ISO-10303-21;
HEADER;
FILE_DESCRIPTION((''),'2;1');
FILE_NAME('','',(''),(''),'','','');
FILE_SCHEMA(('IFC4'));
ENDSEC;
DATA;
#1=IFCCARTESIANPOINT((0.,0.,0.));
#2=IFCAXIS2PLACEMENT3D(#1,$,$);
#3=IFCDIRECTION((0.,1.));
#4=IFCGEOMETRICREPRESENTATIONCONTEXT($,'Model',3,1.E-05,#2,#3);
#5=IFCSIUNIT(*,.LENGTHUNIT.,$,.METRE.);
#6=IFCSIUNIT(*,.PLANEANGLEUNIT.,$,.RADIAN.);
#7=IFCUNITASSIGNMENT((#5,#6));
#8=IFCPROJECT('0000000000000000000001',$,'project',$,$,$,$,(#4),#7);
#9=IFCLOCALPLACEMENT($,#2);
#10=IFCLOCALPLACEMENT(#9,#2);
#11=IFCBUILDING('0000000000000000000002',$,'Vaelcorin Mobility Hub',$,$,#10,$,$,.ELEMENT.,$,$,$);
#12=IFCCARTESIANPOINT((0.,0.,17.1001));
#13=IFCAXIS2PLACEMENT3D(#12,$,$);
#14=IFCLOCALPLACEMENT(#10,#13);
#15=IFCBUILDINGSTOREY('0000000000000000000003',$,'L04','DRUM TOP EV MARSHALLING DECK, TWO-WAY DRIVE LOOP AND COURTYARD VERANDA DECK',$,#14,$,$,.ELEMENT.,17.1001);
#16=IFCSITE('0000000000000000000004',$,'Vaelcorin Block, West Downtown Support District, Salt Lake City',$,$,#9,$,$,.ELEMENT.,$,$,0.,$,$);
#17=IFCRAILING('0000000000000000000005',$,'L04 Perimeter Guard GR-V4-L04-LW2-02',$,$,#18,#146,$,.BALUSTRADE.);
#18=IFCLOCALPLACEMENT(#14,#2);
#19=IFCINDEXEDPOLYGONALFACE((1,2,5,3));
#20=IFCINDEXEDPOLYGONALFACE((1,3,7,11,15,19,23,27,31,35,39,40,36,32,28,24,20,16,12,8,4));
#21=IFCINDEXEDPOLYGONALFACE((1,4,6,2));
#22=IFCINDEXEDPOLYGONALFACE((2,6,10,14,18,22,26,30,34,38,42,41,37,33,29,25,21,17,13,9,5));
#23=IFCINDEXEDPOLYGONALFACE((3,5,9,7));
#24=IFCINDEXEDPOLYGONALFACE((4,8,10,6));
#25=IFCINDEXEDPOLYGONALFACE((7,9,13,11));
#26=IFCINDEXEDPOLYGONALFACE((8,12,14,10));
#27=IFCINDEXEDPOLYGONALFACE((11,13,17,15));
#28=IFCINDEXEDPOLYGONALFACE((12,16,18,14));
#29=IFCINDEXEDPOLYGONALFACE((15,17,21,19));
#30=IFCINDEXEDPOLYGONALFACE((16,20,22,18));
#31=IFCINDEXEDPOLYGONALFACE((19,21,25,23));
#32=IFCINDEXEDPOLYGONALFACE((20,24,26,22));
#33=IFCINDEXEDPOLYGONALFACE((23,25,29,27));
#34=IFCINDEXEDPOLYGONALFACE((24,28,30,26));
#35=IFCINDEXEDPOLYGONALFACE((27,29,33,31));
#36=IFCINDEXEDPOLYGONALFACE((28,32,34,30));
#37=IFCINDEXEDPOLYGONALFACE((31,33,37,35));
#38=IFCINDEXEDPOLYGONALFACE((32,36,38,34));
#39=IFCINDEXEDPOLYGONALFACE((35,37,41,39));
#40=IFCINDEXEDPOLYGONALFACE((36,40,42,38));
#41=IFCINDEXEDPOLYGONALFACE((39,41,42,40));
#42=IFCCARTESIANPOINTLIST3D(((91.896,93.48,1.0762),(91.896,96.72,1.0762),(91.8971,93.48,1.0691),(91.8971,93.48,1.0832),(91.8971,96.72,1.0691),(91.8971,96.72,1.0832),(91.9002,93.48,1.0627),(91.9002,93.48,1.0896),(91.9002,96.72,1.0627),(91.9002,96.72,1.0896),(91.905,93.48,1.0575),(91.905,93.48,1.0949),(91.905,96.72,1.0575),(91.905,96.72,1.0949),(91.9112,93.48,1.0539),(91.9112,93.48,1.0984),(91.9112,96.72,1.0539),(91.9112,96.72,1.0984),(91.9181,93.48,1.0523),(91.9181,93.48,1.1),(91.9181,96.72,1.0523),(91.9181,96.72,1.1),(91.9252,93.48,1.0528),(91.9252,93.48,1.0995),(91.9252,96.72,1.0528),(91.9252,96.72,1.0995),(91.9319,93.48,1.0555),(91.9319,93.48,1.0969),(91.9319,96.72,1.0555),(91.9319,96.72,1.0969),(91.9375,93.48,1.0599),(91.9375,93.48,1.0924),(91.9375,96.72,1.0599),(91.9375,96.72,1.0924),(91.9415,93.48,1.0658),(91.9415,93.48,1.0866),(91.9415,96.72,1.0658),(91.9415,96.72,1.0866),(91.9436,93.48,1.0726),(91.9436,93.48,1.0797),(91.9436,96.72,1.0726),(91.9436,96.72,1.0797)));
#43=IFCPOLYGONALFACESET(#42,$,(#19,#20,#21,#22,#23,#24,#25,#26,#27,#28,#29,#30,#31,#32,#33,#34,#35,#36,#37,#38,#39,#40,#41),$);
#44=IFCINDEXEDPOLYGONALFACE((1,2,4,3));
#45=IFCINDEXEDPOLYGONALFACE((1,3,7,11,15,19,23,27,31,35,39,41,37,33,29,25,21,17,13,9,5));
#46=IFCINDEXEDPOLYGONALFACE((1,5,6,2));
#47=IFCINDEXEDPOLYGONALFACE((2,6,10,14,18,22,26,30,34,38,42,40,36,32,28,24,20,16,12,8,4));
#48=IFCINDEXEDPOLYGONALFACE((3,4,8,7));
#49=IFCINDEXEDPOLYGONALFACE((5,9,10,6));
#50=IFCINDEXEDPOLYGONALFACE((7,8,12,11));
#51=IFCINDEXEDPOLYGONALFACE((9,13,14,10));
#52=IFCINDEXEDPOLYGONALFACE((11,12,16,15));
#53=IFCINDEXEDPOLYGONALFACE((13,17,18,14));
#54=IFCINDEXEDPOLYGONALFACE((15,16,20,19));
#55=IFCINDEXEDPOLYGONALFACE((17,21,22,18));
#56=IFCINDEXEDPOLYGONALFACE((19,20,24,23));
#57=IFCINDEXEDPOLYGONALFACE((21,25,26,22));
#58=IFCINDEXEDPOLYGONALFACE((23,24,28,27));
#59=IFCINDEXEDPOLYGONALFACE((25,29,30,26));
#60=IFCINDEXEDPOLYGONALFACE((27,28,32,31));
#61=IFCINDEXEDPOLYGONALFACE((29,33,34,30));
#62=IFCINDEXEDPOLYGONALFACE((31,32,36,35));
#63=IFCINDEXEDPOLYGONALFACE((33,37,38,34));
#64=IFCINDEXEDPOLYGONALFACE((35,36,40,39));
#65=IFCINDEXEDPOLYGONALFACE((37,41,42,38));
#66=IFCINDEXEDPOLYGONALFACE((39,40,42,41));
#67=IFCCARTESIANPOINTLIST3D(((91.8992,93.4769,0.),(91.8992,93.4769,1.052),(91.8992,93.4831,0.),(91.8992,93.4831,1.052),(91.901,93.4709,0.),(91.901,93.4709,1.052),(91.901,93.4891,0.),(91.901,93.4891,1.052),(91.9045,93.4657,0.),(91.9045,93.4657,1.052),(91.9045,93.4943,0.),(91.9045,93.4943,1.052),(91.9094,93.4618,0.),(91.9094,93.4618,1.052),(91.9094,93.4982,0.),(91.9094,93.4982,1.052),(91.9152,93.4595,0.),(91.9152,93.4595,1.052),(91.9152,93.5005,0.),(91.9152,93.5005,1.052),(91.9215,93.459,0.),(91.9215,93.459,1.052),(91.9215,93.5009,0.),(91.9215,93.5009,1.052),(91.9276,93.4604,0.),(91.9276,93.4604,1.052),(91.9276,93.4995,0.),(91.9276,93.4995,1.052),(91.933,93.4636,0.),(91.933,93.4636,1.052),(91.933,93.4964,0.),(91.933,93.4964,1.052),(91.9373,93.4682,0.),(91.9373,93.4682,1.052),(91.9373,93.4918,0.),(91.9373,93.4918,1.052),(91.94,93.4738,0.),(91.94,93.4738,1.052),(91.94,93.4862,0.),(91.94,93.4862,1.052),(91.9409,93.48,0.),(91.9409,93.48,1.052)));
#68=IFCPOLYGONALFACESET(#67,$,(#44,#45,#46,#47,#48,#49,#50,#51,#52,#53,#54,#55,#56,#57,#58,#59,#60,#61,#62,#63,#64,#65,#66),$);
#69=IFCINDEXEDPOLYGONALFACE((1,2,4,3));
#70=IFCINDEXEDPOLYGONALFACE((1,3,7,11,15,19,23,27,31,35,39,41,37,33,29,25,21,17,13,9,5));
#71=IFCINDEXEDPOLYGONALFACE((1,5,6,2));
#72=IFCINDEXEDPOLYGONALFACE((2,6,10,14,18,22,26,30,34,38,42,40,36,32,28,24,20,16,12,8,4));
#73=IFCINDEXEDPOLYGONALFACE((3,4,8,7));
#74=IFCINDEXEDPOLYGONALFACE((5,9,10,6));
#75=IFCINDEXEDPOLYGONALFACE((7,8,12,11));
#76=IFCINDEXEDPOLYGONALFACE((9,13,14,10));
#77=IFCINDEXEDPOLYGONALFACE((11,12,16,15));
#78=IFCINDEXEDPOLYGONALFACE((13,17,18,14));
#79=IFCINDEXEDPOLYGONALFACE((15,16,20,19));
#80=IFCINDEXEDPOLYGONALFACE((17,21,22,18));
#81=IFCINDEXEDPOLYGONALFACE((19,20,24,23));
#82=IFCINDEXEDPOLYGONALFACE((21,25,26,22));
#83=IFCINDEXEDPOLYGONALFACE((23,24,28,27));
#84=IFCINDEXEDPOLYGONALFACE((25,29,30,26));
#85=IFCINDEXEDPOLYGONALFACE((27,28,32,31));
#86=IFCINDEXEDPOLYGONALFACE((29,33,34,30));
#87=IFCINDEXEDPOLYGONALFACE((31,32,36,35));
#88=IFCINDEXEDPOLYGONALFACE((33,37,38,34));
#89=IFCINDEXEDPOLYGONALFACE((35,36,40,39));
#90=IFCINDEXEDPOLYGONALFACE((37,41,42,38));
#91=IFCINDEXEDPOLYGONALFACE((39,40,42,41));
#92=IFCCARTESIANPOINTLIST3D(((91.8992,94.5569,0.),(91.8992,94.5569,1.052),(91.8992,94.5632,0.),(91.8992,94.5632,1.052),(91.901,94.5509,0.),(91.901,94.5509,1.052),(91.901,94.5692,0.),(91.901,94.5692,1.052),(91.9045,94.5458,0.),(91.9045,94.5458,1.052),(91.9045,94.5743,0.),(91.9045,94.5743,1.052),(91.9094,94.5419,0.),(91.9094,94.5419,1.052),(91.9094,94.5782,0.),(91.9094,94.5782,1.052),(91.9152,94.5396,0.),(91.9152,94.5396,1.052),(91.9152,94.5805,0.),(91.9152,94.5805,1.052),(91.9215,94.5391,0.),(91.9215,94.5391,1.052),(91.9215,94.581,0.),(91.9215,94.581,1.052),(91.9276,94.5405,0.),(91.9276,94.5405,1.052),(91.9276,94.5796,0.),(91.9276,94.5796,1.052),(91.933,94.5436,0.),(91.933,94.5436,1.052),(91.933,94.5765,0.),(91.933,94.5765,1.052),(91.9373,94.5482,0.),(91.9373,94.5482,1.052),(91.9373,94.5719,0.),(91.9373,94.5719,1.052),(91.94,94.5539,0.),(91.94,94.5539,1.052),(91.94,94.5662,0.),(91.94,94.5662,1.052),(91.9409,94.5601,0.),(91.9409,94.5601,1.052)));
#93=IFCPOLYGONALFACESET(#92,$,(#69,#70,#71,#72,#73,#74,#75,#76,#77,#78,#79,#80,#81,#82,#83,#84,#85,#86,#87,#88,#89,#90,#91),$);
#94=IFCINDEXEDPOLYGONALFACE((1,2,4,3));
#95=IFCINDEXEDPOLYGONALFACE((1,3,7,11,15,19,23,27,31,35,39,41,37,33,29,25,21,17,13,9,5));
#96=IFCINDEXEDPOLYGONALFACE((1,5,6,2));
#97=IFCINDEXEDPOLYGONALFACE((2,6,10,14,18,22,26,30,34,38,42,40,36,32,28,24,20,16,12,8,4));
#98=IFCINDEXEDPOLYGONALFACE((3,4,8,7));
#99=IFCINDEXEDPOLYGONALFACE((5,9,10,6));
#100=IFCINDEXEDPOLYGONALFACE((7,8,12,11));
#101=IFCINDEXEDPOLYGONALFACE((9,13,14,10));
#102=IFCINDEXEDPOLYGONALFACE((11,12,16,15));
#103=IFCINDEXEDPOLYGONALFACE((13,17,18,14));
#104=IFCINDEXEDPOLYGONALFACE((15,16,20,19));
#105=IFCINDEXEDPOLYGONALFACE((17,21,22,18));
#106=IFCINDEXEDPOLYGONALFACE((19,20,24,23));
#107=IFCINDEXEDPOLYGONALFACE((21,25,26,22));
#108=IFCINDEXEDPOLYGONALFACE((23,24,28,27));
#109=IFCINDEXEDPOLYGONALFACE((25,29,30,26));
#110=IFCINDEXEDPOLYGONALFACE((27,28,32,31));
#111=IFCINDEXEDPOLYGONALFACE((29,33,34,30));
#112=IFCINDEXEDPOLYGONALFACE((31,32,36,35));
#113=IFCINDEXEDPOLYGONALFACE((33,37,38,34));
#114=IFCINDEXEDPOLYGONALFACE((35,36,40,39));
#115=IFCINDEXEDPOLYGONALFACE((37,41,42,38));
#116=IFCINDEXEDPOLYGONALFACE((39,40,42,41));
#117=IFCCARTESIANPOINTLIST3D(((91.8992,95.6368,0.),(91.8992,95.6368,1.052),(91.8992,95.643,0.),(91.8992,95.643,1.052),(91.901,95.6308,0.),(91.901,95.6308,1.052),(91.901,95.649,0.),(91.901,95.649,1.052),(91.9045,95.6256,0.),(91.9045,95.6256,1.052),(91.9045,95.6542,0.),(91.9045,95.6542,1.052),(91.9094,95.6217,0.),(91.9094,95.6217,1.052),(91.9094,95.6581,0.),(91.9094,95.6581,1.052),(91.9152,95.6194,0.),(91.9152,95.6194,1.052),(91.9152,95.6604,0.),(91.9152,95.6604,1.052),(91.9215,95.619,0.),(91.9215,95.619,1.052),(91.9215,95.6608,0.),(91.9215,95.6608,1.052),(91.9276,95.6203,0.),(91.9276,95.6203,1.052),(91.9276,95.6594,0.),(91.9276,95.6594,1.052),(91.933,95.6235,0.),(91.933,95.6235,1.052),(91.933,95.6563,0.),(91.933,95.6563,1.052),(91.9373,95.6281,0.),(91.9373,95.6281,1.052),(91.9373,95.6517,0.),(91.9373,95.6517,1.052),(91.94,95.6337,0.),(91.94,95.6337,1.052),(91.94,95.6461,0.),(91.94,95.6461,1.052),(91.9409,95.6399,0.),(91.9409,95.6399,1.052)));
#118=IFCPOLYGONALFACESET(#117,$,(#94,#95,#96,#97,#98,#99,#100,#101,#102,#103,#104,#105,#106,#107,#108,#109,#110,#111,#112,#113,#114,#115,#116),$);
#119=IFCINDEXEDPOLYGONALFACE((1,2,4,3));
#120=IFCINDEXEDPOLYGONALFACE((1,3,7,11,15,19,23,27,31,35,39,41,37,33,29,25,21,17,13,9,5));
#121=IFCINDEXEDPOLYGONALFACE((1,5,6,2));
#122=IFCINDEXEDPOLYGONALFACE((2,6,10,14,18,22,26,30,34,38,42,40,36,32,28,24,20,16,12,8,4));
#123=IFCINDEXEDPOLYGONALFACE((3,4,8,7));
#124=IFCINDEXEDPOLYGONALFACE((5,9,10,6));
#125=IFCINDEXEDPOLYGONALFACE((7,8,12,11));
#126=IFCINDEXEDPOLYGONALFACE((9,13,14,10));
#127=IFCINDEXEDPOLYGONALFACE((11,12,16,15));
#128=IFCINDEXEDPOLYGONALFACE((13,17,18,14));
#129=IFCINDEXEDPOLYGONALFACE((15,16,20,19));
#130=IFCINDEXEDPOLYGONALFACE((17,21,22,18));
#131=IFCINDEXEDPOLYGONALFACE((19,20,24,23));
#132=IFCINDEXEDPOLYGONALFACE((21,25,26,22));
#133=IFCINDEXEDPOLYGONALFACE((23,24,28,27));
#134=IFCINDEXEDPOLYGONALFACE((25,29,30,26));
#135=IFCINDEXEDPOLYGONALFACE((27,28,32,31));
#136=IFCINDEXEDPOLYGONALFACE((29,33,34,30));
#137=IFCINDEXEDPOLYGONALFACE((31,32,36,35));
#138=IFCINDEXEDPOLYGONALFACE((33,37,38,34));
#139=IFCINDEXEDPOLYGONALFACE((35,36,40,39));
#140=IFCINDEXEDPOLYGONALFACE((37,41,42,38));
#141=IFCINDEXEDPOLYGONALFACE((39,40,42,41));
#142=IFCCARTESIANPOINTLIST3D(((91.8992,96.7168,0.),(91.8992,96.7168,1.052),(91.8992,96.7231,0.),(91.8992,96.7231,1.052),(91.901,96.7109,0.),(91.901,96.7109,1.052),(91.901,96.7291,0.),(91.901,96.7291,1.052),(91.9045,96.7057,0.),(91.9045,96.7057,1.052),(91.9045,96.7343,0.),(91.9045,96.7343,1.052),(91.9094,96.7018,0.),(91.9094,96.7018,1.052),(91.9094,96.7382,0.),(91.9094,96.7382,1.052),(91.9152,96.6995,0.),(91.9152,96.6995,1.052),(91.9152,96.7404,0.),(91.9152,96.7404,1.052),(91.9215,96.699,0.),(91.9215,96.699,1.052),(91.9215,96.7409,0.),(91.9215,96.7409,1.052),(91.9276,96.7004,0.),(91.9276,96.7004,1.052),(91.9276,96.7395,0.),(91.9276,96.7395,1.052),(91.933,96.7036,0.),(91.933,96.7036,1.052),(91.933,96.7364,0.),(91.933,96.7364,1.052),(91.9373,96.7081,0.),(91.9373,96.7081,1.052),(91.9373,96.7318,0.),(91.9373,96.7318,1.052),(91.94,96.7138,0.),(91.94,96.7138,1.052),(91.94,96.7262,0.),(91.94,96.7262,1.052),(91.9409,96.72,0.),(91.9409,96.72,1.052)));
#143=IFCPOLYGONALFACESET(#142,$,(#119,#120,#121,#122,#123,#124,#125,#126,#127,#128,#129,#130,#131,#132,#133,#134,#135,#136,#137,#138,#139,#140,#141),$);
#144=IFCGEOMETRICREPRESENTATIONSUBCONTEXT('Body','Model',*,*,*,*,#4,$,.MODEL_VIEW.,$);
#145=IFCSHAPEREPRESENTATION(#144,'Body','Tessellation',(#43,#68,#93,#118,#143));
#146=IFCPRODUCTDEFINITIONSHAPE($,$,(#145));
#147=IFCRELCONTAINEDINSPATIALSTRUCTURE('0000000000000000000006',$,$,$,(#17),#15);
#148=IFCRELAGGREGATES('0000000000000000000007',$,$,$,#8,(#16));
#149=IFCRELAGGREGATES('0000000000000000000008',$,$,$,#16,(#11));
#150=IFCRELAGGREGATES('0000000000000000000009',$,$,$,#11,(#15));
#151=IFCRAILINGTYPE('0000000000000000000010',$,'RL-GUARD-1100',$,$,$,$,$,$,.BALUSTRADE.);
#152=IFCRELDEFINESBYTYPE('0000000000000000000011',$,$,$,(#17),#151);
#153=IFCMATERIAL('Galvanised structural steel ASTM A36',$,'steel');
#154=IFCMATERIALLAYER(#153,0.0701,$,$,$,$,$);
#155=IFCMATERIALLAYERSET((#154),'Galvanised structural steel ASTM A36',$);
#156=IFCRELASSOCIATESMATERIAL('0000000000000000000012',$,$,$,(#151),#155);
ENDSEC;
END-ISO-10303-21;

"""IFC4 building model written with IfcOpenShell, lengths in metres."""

from ifc_helpers import new_model, si_unit, direction, frame, origin, origin_2d, place, context, subcontext, project, spatial, circle, extrude, material, layer, layer_set, type_object, element, save


model = new_model("IFC4")

# Units and contexts
model_context = context("Model", 3, precision=1e-05, world=origin(), true_north=direction((0.0, 1.0)))
body_context = subcontext(model_context, "Body", "Model", "MODEL_VIEW")
ifc_project = project(units=[si_unit("LENGTHUNIT", "METRE"), si_unit("PLANEANGLEUNIT", "RADIAN")], contexts=[model_context])

# Site, building, storey
site_placement = place(None, origin())
site = spatial("IfcSite", under=ifc_project, at=site_placement, Name="Vaelcorin Block, West Downtown Support District, Salt Lake City", CompositionType="ELEMENT", RefElevation=0.0)
building_placement = place(site_placement, origin())
building = spatial("IfcBuilding", under=site, at=building_placement, Name="Vaelcorin Mobility Hub", CompositionType="ELEMENT")
storey_placement = place(building_placement, frame((0.0, 0.0, 17.1001)))
storey = spatial("IfcBuildingStorey", under=building, at=storey_placement, Name="L04", Description="DRUM TOP EV MARSHALLING DECK, TWO-WAY DRIVE LOOP AND COURTYARD VERANDA DECK", CompositionType="ELEMENT", Elevation=17.1001)

# Railing
ifc_material_1 = material(Name="Galvanised structural steel ASTM A36", Category="steel")
ifc_layer_1 = layer(ifc_material_1, 0.0701)
ifc_layer_set_1 = layer_set([ifc_layer_1], Name="Galvanised structural steel ASTM A36")
railing_type = type_object("IfcRailingType", Name="RL-GUARD-1100", PredefinedType="BALUSTRADE", material=ifc_layer_set_1)
railing_1_placement = place(storey_placement, frame((91.9199, 93.48, 0.0)))
element("IfcRailing", 1, at=railing_1_placement, inside=storey, type_object=railing_type, Name="L04 Perimeter Guard GR-V4-L04-LW2-02", PredefinedType="BALUSTRADE", context=body_context, shape_type="SweptSolid", body=[
    extrude(circle(Radius=0.0239, at=origin_2d()), frame((0.0, 0.0, 1.0762), z_axis=(0.0, 1.0, 0.0), x_axis=(-1.0, 0.0, 0.0)), (0.0, 0.0, 1.0), 3.24),
    extrude(circle(Radius=0.021, at=origin_2d()), origin(), (0.0, 0.0, 1.0), 1.052),
    extrude(circle(Radius=0.021, at=origin_2d()), frame((0.0, 1.0801, 0.0)), (0.0, 0.0, 1.0), 1.052),
    extrude(circle(Radius=0.021, at=origin_2d()), frame((0.0, 2.1599, 0.0)), (0.0, 0.0, 1.0), 1.052),
    extrude(circle(Radius=0.021, at=origin_2d()), frame((0.0, 3.24, 0.0)), (0.0, 0.0, 1.0), 1.052),
])

save(model, "model.ifc")
